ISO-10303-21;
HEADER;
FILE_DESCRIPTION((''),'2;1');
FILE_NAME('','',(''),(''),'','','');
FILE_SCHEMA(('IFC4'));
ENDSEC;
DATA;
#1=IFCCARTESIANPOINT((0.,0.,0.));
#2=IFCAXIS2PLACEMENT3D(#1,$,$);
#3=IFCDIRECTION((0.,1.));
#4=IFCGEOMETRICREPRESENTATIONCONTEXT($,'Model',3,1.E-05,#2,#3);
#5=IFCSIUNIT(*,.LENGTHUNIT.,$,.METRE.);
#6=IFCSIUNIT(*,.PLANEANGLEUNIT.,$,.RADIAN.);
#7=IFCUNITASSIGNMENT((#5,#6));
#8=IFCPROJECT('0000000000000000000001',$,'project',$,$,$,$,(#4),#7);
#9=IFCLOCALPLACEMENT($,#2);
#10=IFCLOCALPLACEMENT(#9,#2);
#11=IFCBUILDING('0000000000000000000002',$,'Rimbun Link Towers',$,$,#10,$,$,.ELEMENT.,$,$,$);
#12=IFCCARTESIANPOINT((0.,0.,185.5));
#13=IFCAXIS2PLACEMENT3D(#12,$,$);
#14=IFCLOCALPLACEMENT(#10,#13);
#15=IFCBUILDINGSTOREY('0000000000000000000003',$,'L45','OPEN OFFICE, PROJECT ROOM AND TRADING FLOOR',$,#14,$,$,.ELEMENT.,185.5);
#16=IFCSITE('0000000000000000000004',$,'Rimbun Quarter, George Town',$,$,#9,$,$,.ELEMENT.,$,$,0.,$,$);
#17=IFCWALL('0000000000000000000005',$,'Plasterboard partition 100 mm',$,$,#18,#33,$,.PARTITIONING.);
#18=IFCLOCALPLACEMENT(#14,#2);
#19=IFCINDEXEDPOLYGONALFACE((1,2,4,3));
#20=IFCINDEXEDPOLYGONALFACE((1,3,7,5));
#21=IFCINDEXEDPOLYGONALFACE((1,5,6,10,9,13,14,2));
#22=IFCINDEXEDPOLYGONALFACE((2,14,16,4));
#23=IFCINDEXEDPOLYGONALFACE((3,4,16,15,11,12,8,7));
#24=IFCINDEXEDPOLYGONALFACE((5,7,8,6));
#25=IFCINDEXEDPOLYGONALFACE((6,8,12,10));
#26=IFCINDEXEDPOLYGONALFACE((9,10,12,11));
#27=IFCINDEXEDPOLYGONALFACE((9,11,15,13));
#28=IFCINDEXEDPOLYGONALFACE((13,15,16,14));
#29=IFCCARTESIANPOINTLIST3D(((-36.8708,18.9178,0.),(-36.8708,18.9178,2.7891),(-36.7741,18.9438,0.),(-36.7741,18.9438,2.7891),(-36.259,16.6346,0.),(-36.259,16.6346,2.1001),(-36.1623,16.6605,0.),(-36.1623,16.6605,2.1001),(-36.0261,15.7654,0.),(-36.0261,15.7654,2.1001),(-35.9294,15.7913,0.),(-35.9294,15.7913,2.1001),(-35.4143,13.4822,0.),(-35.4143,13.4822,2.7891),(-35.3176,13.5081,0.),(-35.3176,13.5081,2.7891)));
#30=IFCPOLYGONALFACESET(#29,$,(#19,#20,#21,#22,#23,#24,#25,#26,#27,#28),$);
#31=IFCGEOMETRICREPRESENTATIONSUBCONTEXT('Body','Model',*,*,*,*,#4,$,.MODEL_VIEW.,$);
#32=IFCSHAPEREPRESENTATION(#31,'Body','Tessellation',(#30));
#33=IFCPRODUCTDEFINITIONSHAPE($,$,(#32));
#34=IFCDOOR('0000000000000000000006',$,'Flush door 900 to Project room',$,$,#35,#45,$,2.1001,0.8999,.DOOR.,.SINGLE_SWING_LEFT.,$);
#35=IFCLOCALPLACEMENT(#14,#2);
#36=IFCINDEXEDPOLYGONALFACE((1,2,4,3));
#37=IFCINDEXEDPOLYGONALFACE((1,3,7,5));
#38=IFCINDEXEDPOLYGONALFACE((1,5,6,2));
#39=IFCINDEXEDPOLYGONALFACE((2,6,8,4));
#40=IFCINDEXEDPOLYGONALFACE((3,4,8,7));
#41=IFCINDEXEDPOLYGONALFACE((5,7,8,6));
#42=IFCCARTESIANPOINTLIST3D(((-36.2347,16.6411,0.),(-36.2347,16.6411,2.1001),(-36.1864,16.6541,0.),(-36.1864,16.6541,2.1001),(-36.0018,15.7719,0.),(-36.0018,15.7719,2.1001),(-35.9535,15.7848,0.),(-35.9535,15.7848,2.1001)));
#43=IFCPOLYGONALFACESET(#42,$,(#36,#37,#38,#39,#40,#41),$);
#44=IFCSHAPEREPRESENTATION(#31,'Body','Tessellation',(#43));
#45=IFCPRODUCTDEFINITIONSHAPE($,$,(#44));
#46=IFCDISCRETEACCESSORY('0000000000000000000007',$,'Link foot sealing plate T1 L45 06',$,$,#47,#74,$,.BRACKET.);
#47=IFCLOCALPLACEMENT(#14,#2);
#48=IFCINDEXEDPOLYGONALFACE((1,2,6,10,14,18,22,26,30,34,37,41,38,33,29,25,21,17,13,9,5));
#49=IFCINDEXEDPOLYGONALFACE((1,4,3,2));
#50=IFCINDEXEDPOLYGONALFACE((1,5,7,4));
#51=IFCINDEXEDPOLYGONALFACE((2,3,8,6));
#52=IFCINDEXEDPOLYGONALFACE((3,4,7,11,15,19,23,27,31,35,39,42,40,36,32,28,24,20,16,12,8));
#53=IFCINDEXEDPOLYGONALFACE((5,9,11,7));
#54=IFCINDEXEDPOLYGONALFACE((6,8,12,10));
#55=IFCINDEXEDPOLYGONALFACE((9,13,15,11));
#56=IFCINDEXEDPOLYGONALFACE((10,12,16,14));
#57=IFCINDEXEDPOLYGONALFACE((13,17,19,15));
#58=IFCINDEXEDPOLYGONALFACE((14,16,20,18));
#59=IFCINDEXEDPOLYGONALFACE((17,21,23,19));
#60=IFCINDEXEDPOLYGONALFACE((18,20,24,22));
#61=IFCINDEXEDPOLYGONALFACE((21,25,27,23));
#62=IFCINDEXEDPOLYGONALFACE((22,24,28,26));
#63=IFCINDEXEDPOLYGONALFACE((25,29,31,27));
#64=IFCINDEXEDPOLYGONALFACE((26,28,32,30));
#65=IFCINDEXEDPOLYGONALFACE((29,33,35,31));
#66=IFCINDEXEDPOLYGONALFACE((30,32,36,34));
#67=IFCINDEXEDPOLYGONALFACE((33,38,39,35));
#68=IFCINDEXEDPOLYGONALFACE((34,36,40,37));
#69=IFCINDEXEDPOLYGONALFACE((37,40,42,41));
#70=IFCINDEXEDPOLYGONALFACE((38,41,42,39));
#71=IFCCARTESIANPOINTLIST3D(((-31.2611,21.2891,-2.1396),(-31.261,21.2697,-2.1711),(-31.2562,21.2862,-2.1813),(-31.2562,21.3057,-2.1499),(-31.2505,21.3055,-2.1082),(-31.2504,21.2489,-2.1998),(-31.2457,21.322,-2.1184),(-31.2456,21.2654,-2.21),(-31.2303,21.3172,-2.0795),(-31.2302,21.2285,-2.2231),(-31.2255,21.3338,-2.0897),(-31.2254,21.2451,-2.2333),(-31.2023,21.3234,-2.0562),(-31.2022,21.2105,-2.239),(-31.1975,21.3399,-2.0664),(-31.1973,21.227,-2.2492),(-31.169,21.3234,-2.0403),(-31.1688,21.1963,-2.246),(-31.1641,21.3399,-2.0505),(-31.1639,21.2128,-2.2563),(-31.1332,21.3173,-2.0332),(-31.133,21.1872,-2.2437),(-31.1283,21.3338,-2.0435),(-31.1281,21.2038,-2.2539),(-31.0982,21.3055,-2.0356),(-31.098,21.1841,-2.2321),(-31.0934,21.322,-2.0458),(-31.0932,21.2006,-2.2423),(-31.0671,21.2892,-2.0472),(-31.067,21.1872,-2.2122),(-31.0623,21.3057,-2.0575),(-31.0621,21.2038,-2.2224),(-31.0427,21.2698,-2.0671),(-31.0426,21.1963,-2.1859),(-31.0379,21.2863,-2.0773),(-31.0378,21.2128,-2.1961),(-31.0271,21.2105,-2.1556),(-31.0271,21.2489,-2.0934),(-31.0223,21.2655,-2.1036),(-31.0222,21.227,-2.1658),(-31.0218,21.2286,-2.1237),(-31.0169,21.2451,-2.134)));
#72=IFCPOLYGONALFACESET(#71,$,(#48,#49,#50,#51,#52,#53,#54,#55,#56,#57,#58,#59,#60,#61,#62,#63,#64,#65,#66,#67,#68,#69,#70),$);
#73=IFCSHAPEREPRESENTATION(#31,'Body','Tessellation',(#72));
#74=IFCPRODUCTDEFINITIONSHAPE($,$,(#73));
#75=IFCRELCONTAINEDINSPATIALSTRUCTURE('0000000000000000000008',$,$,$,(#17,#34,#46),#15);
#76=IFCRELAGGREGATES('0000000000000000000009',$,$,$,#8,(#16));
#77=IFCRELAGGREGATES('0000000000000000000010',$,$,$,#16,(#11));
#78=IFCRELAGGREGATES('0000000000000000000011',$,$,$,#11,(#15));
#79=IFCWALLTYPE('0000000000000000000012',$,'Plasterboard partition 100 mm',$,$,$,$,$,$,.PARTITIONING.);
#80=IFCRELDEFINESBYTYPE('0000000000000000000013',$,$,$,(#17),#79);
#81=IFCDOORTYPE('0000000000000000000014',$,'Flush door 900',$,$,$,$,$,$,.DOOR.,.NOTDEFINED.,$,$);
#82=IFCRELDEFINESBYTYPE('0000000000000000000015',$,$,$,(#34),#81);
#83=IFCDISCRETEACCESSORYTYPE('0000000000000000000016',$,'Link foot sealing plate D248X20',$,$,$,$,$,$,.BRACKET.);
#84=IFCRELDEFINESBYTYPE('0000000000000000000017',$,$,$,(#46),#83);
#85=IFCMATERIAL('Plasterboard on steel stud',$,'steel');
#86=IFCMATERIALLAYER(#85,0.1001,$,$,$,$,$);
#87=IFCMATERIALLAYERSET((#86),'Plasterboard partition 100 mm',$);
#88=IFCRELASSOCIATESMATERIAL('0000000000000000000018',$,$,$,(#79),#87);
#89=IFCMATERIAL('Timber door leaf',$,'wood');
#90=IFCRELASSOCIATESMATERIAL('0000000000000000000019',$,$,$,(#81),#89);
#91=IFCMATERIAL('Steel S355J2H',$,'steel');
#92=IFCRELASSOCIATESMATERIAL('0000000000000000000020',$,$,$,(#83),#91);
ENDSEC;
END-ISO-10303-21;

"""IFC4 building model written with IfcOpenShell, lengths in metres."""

from ifc_helpers import new_model, si_unit, direction, frame, frame_2d, origin, origin_2d, place, context, subcontext, project, spatial, rectangle, circle, extrude, material, layer, layer_set, material_profile, profile_set, type_object, element, fill, save


model = new_model("IFC4")

# Units and contexts
model_context = context("Model", 3, precision=1e-05, world=origin(), true_north=direction((0.0, 1.0)))
body_context = subcontext(model_context, "Body", "Model", "MODEL_VIEW")
ifc_project = project(units=[si_unit("LENGTHUNIT", "METRE"), si_unit("PLANEANGLEUNIT", "RADIAN")], contexts=[model_context])

# Site, building, storey
site_placement = place(None, origin())
site = spatial("IfcSite", under=ifc_project, at=site_placement, Name="Rimbun Quarter, George Town", CompositionType="ELEMENT", RefElevation=0.0)
building_placement = place(site_placement, origin())
building = spatial("IfcBuilding", under=site, at=building_placement, Name="Rimbun Link Towers", CompositionType="ELEMENT")
storey_placement = place(building_placement, frame((0.0, 0.0, 185.5)))
storey = spatial("IfcBuildingStorey", under=building, at=storey_placement, Name="L45", Description="OPEN OFFICE, PROJECT ROOM AND TRADING FLOOR", CompositionType="ELEMENT", Elevation=185.5)

# Shared definitions
ifc_material_1 = material(Name="Plasterboard on steel stud", Category="steel")
ifc_layer_1 = layer(ifc_material_1, 0.1001)
ifc_layer_set_1 = layer_set([ifc_layer_1], Name="Plasterboard partition 100 mm")
wall_type = type_object("IfcWallType", Name="Plasterboard partition 100 mm", PredefinedType="PARTITIONING", material=ifc_layer_set_1)

# Wall, opening, door
wall_1_placement = place(storey_placement, frame((-35.366, 13.4951, 0.0), z_axis=(0.0, 0.0, 1.0), x_axis=(-0.258824, 0.965925, 0.0)))
wall_1 = element("IfcWall", 1, at=wall_1_placement, inside=storey, type_object=wall_type, Name="Plasterboard partition 100 mm", PredefinedType="PARTITIONING", context=body_context, shape_type="SweptSolid", body=[
    extrude(rectangle(XDim=5.6274, YDim=0.1001, at=frame_2d((2.8137, 0.0))), origin(), (0.0, 0.0, 1.0), 2.7891),
])
opening_placement = place(wall_1_placement, frame((2.3638, 0.0, 0.0)))
opening = element("IfcOpeningElement", 2, at=opening_placement, cuts=wall_1, PredefinedType="OPENING", context=body_context, shape_type="SweptSolid", body=[
    extrude(rectangle(XDim=0.8999, YDim=2.1001, at=frame_2d((0.45, 1.05))), frame((0.0, 0.0601, 0.0), z_axis=(0.0, -1.0, 0.0), x_axis=(1.0, 0.0, 0.0)), (0.0, 0.0, 1.0), 0.1201),
])
ifc_material_2 = material(Name="Timber door leaf", Category="wood")
door_type = type_object("IfcDoorType", Name="Flush door 900", OperationType="NOTDEFINED", PredefinedType="DOOR", material=ifc_material_2)
door_placement = place(opening_placement, origin())
door = element("IfcDoor", 3, at=door_placement, inside=storey, type_object=door_type, Name="Flush door 900 to Project room", OperationType="SINGLE_SWING_LEFT", OverallHeight=2.1001, OverallWidth=0.8999, PredefinedType="DOOR", context=body_context, shape_type="SweptSolid", body=[
    extrude(rectangle(XDim=0.8999, YDim=2.1001, at=frame_2d((0.45, 1.05))), frame((0.0, 0.0249, 0.0), z_axis=(0.0, -1.0, 0.0), x_axis=(1.0, 0.0, 0.0)), (0.0, 0.0, 1.0), 0.05),
])
fill(opening, door)

# Discrete accessory
ifc_material_3 = material(Name="Steel S355J2H", Category="steel")
ifc_material_profile_1 = material_profile(ifc_material_3, circle(Radius=0.124, at=origin_2d()), Name="PL D248")
ifc_profile_set_1 = profile_set([ifc_material_profile_1], Name="Steel S355J2H")
discrete_accessory_type = type_object("IfcDiscreteAccessoryType", Name="Link foot sealing plate D248X20", PredefinedType="BRACKET", material=ifc_profile_set_1)
discrete_accessory_placement = place(storey_placement, frame((-31.1421, 21.2542, -2.1396), z_axis=(0.24275, 0.82535, -0.509775), x_axis=(-0.959366, 0.282166, 0.0)))
element("IfcDiscreteAccessory", 4, at=discrete_accessory_placement, inside=storey, type_object=discrete_accessory_type, Name="Link foot sealing plate T1 L45 06", PredefinedType="BRACKET", context=body_context, shape_type="SweptSolid", body=[
    extrude(circle(Radius=0.124, at=origin_2d()), origin(), (0.0, 0.0, 1.0), 0.02),
])

save(model, "model.ifc")
